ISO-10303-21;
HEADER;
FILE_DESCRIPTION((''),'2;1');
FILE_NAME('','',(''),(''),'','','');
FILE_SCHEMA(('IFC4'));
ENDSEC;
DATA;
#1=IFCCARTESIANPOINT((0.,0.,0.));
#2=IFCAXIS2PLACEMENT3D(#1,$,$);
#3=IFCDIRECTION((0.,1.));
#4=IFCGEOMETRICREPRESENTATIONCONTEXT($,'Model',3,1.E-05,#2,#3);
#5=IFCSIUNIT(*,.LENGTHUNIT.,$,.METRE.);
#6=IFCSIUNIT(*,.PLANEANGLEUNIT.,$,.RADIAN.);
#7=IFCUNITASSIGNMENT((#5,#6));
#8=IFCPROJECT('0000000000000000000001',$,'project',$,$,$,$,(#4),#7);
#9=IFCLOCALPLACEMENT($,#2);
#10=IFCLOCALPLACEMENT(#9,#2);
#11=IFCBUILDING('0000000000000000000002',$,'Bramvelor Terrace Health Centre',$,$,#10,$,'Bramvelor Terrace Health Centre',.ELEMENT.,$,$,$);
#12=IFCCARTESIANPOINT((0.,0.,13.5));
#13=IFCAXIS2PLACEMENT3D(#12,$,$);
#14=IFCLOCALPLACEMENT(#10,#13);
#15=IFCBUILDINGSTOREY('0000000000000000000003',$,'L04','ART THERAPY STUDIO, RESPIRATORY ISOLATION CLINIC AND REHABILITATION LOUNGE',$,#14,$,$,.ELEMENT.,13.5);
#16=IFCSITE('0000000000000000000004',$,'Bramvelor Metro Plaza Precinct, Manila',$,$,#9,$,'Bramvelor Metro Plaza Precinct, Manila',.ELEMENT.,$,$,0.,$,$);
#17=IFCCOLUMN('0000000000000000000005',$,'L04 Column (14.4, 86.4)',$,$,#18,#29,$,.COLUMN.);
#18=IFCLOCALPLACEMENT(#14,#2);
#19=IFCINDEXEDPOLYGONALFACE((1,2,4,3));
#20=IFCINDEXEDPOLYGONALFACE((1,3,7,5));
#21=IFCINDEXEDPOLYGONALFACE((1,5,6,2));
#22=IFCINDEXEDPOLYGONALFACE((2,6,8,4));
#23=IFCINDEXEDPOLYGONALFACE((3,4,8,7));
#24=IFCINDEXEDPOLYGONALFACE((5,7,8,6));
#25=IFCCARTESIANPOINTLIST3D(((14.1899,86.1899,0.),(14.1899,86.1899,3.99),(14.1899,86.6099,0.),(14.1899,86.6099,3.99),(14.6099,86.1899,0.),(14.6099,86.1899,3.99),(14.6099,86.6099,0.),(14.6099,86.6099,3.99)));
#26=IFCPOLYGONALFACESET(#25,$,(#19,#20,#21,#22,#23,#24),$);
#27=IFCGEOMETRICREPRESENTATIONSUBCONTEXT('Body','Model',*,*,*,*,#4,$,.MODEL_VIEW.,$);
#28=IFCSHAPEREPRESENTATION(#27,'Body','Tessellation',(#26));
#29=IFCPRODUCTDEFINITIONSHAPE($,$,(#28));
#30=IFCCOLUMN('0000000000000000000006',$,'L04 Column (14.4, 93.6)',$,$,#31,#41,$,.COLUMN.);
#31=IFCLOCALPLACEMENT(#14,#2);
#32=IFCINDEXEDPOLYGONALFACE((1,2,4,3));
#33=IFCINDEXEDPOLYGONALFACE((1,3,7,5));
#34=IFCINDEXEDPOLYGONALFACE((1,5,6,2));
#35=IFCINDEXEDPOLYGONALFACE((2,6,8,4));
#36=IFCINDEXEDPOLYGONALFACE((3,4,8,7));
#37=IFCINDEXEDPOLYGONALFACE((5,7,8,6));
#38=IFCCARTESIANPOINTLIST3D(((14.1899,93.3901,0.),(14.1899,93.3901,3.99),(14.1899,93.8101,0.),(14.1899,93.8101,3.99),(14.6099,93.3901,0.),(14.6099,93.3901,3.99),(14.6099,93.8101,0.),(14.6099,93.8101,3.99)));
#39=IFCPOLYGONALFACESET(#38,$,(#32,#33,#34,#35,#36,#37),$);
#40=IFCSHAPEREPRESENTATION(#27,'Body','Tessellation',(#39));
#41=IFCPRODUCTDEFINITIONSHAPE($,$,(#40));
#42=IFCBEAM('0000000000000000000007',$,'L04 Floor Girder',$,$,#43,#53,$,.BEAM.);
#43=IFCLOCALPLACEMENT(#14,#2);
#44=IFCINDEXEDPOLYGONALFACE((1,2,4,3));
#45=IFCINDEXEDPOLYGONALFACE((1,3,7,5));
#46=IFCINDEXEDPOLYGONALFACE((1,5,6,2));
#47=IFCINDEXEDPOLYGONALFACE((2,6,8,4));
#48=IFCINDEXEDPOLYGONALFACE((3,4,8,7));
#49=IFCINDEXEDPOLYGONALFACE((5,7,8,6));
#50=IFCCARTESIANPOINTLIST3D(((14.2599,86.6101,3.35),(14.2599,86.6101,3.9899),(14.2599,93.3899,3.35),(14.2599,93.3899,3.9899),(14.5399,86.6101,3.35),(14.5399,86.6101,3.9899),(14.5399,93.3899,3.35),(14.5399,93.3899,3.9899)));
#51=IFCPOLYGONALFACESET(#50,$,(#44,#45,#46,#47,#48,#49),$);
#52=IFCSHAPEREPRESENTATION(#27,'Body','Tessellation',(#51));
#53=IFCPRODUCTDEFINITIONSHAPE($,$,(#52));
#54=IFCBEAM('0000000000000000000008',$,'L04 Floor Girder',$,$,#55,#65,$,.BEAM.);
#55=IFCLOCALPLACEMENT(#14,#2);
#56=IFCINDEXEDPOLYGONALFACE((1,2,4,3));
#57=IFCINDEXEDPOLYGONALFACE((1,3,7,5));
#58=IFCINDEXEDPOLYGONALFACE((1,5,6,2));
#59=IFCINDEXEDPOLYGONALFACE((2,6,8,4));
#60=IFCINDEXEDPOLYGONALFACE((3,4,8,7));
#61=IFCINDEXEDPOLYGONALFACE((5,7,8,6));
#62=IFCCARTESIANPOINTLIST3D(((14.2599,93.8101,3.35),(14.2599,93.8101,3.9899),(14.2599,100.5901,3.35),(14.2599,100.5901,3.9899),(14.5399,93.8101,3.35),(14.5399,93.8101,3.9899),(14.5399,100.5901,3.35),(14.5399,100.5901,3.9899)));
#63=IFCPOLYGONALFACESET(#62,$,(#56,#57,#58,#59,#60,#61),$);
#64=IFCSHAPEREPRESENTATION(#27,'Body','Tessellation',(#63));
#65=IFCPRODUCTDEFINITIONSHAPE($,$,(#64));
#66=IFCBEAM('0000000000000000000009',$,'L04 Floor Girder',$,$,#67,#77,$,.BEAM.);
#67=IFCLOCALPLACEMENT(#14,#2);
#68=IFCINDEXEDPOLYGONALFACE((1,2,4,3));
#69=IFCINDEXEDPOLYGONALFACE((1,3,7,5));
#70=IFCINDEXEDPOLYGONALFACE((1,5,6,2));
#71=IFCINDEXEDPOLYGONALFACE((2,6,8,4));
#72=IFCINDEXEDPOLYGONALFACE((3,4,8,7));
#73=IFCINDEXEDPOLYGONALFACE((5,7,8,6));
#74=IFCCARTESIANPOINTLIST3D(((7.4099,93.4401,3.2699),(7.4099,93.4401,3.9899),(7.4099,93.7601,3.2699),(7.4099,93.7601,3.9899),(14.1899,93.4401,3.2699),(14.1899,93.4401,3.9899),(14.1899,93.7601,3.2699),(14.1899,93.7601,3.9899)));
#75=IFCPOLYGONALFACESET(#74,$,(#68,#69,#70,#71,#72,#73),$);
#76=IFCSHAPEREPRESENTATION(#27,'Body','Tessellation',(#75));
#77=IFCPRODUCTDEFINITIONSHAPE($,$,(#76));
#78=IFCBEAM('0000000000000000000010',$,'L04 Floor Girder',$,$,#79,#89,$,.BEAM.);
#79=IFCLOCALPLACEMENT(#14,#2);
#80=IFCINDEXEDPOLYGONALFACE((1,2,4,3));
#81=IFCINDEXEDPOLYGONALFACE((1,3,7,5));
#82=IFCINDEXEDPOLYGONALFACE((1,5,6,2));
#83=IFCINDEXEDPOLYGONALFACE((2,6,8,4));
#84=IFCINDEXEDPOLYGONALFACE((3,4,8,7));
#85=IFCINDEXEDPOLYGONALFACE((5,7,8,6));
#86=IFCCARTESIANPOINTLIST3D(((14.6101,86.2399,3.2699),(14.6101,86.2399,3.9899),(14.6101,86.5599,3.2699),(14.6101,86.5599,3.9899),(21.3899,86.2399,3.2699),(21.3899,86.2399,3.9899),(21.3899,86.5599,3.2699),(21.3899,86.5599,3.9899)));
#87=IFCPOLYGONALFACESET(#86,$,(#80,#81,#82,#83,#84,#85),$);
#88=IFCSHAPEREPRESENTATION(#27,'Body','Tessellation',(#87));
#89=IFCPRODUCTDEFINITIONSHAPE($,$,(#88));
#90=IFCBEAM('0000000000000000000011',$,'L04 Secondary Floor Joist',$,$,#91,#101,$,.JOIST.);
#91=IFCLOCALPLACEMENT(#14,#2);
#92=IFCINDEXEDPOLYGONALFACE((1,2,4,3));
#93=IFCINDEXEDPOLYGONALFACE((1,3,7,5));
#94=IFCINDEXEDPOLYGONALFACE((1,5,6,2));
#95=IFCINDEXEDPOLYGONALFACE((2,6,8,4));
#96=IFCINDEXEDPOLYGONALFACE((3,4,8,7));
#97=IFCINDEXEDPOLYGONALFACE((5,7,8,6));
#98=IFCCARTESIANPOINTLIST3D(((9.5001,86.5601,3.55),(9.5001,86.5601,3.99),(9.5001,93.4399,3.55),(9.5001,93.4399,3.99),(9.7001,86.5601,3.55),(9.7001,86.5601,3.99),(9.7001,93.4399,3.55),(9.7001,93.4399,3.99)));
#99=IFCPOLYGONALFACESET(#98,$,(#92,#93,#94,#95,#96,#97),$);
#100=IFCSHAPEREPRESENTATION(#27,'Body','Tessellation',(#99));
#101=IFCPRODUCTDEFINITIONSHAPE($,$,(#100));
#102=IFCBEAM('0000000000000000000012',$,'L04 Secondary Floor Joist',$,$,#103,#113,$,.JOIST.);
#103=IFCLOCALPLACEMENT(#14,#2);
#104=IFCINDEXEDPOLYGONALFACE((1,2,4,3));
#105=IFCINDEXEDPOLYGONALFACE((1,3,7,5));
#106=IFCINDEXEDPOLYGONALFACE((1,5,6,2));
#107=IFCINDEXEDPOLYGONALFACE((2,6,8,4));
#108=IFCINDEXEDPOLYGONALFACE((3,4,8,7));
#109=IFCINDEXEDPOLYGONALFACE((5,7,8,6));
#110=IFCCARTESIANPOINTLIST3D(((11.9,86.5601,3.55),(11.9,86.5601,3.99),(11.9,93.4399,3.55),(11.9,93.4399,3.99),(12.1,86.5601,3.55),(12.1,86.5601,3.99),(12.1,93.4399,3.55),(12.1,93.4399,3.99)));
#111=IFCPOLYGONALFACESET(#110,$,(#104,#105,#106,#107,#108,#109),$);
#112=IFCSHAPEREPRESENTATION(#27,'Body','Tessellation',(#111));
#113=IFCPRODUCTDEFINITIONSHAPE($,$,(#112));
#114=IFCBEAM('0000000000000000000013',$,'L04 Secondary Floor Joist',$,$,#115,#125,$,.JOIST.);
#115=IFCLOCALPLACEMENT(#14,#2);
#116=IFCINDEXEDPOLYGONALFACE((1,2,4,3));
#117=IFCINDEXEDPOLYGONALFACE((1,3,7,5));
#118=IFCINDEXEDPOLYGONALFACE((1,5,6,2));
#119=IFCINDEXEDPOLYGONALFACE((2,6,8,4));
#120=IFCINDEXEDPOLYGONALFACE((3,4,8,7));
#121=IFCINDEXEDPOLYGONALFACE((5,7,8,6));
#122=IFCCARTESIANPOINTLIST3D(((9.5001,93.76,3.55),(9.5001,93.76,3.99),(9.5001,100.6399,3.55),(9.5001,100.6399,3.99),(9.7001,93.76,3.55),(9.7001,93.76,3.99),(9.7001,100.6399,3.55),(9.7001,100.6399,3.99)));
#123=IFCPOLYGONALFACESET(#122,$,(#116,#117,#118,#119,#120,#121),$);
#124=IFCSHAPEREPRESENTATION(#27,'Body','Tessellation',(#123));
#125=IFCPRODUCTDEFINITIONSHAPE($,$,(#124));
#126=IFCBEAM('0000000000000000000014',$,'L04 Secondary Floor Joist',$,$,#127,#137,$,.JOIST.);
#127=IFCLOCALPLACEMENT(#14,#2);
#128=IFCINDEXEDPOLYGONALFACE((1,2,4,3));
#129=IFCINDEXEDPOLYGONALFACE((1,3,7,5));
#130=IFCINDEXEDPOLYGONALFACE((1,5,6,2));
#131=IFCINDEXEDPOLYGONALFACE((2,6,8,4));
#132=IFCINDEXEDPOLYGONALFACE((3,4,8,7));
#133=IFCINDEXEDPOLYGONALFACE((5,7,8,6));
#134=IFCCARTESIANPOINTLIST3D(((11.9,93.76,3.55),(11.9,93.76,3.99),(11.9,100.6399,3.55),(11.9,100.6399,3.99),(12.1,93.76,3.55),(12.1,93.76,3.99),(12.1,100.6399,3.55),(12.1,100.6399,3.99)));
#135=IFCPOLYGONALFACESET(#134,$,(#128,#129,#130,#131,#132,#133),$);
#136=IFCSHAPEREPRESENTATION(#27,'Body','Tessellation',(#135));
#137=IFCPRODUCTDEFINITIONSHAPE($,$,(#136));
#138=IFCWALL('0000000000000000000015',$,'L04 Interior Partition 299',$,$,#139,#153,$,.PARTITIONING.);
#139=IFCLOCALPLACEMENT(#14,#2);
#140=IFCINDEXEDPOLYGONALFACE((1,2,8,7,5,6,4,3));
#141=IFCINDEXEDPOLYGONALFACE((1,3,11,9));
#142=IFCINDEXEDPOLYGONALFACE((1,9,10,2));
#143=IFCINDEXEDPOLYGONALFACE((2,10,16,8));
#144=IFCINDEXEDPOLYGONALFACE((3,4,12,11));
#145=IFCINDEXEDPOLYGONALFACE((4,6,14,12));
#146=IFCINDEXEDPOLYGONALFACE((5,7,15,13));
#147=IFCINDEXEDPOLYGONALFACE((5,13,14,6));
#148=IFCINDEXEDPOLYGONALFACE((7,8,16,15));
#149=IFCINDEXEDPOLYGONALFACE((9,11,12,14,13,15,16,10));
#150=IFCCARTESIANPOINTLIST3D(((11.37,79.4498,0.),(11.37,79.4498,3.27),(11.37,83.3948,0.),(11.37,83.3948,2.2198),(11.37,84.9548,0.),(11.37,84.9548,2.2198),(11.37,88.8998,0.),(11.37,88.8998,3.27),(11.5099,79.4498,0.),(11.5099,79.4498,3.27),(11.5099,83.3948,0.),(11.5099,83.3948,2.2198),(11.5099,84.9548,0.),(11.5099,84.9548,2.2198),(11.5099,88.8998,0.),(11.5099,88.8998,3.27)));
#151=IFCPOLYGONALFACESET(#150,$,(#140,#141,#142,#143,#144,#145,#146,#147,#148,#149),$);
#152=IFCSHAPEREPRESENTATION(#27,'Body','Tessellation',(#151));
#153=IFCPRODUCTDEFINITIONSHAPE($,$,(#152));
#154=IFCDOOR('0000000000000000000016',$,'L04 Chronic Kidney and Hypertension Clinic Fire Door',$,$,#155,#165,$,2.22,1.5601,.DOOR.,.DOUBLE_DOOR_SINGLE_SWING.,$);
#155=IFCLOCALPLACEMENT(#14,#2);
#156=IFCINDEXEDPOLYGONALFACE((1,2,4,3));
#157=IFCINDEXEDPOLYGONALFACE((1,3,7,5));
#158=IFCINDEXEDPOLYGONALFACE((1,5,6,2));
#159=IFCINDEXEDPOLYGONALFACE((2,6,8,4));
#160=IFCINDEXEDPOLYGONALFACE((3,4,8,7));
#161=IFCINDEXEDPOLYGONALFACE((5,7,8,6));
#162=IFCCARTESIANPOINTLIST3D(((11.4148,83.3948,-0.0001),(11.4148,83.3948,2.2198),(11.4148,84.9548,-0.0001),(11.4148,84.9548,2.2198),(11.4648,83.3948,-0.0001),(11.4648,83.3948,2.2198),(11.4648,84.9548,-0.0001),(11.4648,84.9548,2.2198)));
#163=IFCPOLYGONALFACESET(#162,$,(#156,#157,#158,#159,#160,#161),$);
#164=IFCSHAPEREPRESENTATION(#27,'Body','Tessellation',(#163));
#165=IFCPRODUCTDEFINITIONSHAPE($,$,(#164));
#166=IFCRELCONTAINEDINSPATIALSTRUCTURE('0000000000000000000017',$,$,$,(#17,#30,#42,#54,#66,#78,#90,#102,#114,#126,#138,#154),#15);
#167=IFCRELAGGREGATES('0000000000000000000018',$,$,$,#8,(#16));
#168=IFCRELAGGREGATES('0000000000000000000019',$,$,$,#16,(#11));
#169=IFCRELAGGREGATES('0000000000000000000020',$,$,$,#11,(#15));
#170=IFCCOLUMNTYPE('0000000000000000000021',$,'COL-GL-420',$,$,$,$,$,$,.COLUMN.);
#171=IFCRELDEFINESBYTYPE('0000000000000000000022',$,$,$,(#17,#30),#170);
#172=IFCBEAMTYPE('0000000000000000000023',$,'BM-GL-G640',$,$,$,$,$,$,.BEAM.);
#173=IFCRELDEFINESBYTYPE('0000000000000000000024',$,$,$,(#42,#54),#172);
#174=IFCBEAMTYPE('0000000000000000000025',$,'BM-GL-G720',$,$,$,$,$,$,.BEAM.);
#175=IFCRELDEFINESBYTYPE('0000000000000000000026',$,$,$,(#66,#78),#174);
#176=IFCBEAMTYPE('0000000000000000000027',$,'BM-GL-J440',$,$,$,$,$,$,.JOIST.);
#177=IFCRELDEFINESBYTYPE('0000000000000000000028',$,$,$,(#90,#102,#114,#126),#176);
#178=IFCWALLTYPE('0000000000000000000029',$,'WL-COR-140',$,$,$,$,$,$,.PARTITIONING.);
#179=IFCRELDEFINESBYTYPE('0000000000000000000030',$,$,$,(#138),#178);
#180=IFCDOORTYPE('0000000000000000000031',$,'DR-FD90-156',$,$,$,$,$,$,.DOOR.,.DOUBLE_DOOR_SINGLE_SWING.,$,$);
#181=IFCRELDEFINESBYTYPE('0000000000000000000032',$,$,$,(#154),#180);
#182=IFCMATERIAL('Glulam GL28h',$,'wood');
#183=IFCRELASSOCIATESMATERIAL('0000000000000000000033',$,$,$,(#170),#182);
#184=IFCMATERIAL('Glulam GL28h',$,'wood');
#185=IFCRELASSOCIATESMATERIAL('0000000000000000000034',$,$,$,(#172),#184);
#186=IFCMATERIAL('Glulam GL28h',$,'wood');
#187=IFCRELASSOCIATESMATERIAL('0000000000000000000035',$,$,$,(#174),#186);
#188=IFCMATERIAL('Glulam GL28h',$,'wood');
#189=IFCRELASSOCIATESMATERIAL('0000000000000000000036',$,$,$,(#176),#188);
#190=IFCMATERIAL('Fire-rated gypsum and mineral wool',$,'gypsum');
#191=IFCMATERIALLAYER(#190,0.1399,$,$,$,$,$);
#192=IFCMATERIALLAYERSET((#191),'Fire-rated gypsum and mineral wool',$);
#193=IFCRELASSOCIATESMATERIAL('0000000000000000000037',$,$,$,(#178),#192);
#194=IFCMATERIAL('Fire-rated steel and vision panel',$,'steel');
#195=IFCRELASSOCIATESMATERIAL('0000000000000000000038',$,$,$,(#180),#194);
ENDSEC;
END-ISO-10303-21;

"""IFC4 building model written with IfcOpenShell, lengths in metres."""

from ifc_helpers import new_model, si_unit, direction, frame, frame_2d, origin, origin_2d, place, context, subcontext, project, spatial, rectangle, extrude, material, layer, layer_set, material_profile, profile_set, type_object, element, fill, save


model = new_model("IFC4")

# Units and contexts
model_context = context("Model", 3, precision=1e-05, world=origin(), true_north=direction((0.0, 1.0)))
body_context = subcontext(model_context, "Body", "Model", "MODEL_VIEW")
ifc_project = project(units=[si_unit("LENGTHUNIT", "METRE"), si_unit("PLANEANGLEUNIT", "RADIAN")], contexts=[model_context])

# Site, building, storey
site_placement = place(None, origin())
site = spatial("IfcSite", under=ifc_project, at=site_placement, Name="Bramvelor Metro Plaza Precinct, Manila", LongName="Bramvelor Metro Plaza Precinct, Manila", CompositionType="ELEMENT", RefElevation=0.0)
building_placement = place(site_placement, origin())
building = spatial("IfcBuilding", under=site, at=building_placement, Name="Bramvelor Terrace Health Centre", LongName="Bramvelor Terrace Health Centre", CompositionType="ELEMENT")
storey_placement = place(building_placement, frame((0.0, 0.0, 13.5)))
storey = spatial("IfcBuildingStorey", under=building, at=storey_placement, Name="L04", Description="ART THERAPY STUDIO, RESPIRATORY ISOLATION CLINIC AND REHABILITATION LOUNGE", CompositionType="ELEMENT", Elevation=13.5)

# Columns
ifc_material_1 = material(Name="Glulam GL28h", Category="wood")
ifc_material_profile_1 = material_profile(ifc_material_1, rectangle(XDim=0.4199, YDim=0.4199, at=origin_2d()), Name="GL 420x420")
ifc_profile_set_1 = profile_set([ifc_material_profile_1], Name="Glulam GL28h")
column_type = type_object("IfcColumnType", Name="COL-GL-420", PredefinedType="COLUMN", material=ifc_profile_set_1)
for number, where, z_axis, x_axis, name in (
    (1, (14.3999, 86.3999, 0.0), (0.0, 0.0, 1.0), (1.0, 0.0, 0.0), "L04 Column (14.4, 86.4)"),
    (2, (14.3999, 93.6001, 0.0), (0.0, 0.0, 1.0), (1.0, 0.0, 0.0), "L04 Column (14.4, 93.6)"),
):
    element("IfcColumn", number, at=place(storey_placement, frame(where, z_axis=z_axis, x_axis=x_axis)), inside=storey, type_object=column_type, Name=name, PredefinedType="COLUMN", context=body_context, shape_type="SweptSolid", body=[
        extrude(rectangle(XDim=0.4199, YDim=0.4199, at=origin_2d()), origin(), (0.0, 0.0, 1.0), 3.99),
    ])

# Beams
ifc_material_2 = material(Name="Glulam GL28h", Category="wood")
ifc_material_profile_2 = material_profile(ifc_material_2, rectangle(XDim=0.28, YDim=0.6399, at=origin_2d()), Name="GL 280x640")
ifc_profile_set_2 = profile_set([ifc_material_profile_2], Name="Glulam GL28h")
beam_type_1 = type_object("IfcBeamType", Name="BM-GL-G640", PredefinedType="BEAM", material=ifc_profile_set_2)
beam_1_placement = place(storey_placement, frame((14.3999, 86.6101, 3.6699), z_axis=(0.0, 1.0, 0.0), x_axis=(-1.0, 0.0, 0.0)))
element("IfcBeam", 3, at=beam_1_placement, inside=storey, type_object=beam_type_1, Name="L04 Floor Girder", PredefinedType="BEAM", context=body_context, shape_type="SweptSolid", body=[
    extrude(rectangle(XDim=0.28, YDim=0.6399, at=origin_2d()), origin(), (0.0, 0.0, 1.0), 6.7798),
])
beam_2_placement = place(storey_placement, frame((14.3999, 93.8101, 3.6699), z_axis=(0.0, 1.0, 0.0), x_axis=(-1.0, 0.0, 0.0)))
element("IfcBeam", 4, at=beam_2_placement, inside=storey, type_object=beam_type_1, Name="L04 Floor Girder", PredefinedType="BEAM", context=body_context, shape_type="SweptSolid", body=[
    extrude(rectangle(XDim=0.28, YDim=0.6399, at=origin_2d()), origin(), (0.0, 0.0, 1.0), 6.78),
])
ifc_material_3 = material(Name="Glulam GL28h", Category="wood")
ifc_material_profile_3 = material_profile(ifc_material_3, rectangle(XDim=0.3201, YDim=0.72, at=origin_2d()), Name="GL 320x720")
ifc_profile_set_3 = profile_set([ifc_material_profile_3], Name="Glulam GL28h")
beam_type_2 = type_object("IfcBeamType", Name="BM-GL-G720", PredefinedType="BEAM", material=ifc_profile_set_3)
beam_3_placement = place(storey_placement, frame((7.4099, 93.6001, 3.6299), z_axis=(1.0, 0.0, 0.0), x_axis=(0.0, 1.0, 0.0)))
element("IfcBeam", 5, at=beam_3_placement, inside=storey, type_object=beam_type_2, Name="L04 Floor Girder", PredefinedType="BEAM", context=body_context, shape_type="SweptSolid", body=[
    extrude(rectangle(XDim=0.3201, YDim=0.72, at=origin_2d()), origin(), (0.0, 0.0, 1.0), 6.78),
])
beam_4_placement = place(storey_placement, frame((14.6101, 86.3999, 3.6299), z_axis=(1.0, 0.0, 0.0), x_axis=(0.0, 1.0, 0.0)))
element("IfcBeam", 6, at=beam_4_placement, inside=storey, type_object=beam_type_2, Name="L04 Floor Girder", PredefinedType="BEAM", context=body_context, shape_type="SweptSolid", body=[
    extrude(rectangle(XDim=0.3201, YDim=0.72, at=origin_2d()), origin(), (0.0, 0.0, 1.0), 6.7798),
])
ifc_material_4 = material(Name="Glulam GL28h", Category="wood")
ifc_material_profile_4 = material_profile(ifc_material_4, rectangle(XDim=0.2, YDim=0.4399, at=origin_2d()), Name="GL 200x440")
ifc_profile_set_4 = profile_set([ifc_material_profile_4], Name="Glulam GL28h")
beam_type_3 = type_object("IfcBeamType", Name="BM-GL-J440", PredefinedType="JOIST", material=ifc_profile_set_4)
for number, where, z_axis, x_axis, name in (
    (7, (9.6001, 86.5601, 3.77), (0.0, 1.0, 0.0), (-1.0, 0.0, 0.0), "L04 Secondary Floor Joist"),
    (8, (12.0, 86.5601, 3.77), (0.0, 1.0, 0.0), (-1.0, 0.0, 0.0), "L04 Secondary Floor Joist"),
    (9, (9.6001, 93.76, 3.77), (0.0, 1.0, 0.0), (-1.0, 0.0, 0.0), "L04 Secondary Floor Joist"),
    (10, (12.0, 93.76, 3.77), (0.0, 1.0, 0.0), (-1.0, 0.0, 0.0), "L04 Secondary Floor Joist"),
):
    element("IfcBeam", number, at=place(storey_placement, frame(where, z_axis=z_axis, x_axis=x_axis)), inside=storey, type_object=beam_type_3, Name=name, PredefinedType="JOIST", context=body_context, shape_type="SweptSolid", body=[
        extrude(rectangle(XDim=0.2, YDim=0.4399, at=origin_2d()), origin(), (0.0, 0.0, 1.0), 6.8799),
    ])

# Wall, opening, door
ifc_material_5 = material(Name="Fire-rated gypsum and mineral wool", Category="gypsum")
ifc_layer_1 = layer(ifc_material_5, 0.1399)
ifc_layer_set_1 = layer_set([ifc_layer_1], Name="Fire-rated gypsum and mineral wool")
wall_type_1 = type_object("IfcWallType", Name="WL-COR-140", PredefinedType="PARTITIONING", material=ifc_layer_set_1)
wall_1_placement = place(storey_placement, frame((11.4399, 88.8999, 0.0), z_axis=(0.0, 0.0, 1.0), x_axis=(0.0, -1.0, 0.0)))
wall_1 = element("IfcWall", 11, at=wall_1_placement, inside=storey, type_object=wall_type_1, Name="L04 Interior Partition 299", PredefinedType="PARTITIONING", context=body_context, shape_type="SweptSolid", body=[
    extrude(rectangle(XDim=9.45, YDim=0.1399, at=frame_2d((4.7251, 0.0))), origin(), (0.0, 0.0, 1.0), 3.27),
])
opening_1_placement = place(wall_1_placement, frame((3.9451, 0.0, 0.0)))
opening_1 = element("IfcOpeningElement", 12, at=opening_1_placement, cuts=wall_1, PredefinedType="OPENING", context=body_context, shape_type="SweptSolid", body=[
    extrude(rectangle(XDim=1.5601, YDim=2.22, at=frame_2d((0.78, 1.1099))), frame((0.0, 0.0798, 0.0), z_axis=(0.0, -1.0, 0.0), x_axis=(1.0, 0.0, 0.0)), (0.0, 0.0, 1.0), 0.1599),
])
ifc_material_6 = material(Name="Fire-rated steel and vision panel", Category="steel")
door_type_1 = type_object("IfcDoorType", Name="DR-FD90-156", OperationType="DOUBLE_DOOR_SINGLE_SWING", PredefinedType="DOOR", material=ifc_material_6)
door_1_placement = place(opening_1_placement, origin())
door_1 = element("IfcDoor", 13, at=door_1_placement, inside=storey, type_object=door_type_1, Name="L04 Chronic Kidney and Hypertension Clinic Fire Door", OperationType="DOUBLE_DOOR_SINGLE_SWING", OverallHeight=2.22, OverallWidth=1.5601, PredefinedType="DOOR", context=body_context, shape_type="SweptSolid", body=[
    extrude(rectangle(XDim=1.5601, YDim=2.22, at=frame_2d((0.78, 1.1099))), frame((0.0, 0.0249, 0.0), z_axis=(0.0, -1.0, 0.0), x_axis=(1.0, 0.0, 0.0)), (0.0, 0.0, 1.0), 0.05),
])
fill(opening_1, door_1)

save(model, "model.ifc")
